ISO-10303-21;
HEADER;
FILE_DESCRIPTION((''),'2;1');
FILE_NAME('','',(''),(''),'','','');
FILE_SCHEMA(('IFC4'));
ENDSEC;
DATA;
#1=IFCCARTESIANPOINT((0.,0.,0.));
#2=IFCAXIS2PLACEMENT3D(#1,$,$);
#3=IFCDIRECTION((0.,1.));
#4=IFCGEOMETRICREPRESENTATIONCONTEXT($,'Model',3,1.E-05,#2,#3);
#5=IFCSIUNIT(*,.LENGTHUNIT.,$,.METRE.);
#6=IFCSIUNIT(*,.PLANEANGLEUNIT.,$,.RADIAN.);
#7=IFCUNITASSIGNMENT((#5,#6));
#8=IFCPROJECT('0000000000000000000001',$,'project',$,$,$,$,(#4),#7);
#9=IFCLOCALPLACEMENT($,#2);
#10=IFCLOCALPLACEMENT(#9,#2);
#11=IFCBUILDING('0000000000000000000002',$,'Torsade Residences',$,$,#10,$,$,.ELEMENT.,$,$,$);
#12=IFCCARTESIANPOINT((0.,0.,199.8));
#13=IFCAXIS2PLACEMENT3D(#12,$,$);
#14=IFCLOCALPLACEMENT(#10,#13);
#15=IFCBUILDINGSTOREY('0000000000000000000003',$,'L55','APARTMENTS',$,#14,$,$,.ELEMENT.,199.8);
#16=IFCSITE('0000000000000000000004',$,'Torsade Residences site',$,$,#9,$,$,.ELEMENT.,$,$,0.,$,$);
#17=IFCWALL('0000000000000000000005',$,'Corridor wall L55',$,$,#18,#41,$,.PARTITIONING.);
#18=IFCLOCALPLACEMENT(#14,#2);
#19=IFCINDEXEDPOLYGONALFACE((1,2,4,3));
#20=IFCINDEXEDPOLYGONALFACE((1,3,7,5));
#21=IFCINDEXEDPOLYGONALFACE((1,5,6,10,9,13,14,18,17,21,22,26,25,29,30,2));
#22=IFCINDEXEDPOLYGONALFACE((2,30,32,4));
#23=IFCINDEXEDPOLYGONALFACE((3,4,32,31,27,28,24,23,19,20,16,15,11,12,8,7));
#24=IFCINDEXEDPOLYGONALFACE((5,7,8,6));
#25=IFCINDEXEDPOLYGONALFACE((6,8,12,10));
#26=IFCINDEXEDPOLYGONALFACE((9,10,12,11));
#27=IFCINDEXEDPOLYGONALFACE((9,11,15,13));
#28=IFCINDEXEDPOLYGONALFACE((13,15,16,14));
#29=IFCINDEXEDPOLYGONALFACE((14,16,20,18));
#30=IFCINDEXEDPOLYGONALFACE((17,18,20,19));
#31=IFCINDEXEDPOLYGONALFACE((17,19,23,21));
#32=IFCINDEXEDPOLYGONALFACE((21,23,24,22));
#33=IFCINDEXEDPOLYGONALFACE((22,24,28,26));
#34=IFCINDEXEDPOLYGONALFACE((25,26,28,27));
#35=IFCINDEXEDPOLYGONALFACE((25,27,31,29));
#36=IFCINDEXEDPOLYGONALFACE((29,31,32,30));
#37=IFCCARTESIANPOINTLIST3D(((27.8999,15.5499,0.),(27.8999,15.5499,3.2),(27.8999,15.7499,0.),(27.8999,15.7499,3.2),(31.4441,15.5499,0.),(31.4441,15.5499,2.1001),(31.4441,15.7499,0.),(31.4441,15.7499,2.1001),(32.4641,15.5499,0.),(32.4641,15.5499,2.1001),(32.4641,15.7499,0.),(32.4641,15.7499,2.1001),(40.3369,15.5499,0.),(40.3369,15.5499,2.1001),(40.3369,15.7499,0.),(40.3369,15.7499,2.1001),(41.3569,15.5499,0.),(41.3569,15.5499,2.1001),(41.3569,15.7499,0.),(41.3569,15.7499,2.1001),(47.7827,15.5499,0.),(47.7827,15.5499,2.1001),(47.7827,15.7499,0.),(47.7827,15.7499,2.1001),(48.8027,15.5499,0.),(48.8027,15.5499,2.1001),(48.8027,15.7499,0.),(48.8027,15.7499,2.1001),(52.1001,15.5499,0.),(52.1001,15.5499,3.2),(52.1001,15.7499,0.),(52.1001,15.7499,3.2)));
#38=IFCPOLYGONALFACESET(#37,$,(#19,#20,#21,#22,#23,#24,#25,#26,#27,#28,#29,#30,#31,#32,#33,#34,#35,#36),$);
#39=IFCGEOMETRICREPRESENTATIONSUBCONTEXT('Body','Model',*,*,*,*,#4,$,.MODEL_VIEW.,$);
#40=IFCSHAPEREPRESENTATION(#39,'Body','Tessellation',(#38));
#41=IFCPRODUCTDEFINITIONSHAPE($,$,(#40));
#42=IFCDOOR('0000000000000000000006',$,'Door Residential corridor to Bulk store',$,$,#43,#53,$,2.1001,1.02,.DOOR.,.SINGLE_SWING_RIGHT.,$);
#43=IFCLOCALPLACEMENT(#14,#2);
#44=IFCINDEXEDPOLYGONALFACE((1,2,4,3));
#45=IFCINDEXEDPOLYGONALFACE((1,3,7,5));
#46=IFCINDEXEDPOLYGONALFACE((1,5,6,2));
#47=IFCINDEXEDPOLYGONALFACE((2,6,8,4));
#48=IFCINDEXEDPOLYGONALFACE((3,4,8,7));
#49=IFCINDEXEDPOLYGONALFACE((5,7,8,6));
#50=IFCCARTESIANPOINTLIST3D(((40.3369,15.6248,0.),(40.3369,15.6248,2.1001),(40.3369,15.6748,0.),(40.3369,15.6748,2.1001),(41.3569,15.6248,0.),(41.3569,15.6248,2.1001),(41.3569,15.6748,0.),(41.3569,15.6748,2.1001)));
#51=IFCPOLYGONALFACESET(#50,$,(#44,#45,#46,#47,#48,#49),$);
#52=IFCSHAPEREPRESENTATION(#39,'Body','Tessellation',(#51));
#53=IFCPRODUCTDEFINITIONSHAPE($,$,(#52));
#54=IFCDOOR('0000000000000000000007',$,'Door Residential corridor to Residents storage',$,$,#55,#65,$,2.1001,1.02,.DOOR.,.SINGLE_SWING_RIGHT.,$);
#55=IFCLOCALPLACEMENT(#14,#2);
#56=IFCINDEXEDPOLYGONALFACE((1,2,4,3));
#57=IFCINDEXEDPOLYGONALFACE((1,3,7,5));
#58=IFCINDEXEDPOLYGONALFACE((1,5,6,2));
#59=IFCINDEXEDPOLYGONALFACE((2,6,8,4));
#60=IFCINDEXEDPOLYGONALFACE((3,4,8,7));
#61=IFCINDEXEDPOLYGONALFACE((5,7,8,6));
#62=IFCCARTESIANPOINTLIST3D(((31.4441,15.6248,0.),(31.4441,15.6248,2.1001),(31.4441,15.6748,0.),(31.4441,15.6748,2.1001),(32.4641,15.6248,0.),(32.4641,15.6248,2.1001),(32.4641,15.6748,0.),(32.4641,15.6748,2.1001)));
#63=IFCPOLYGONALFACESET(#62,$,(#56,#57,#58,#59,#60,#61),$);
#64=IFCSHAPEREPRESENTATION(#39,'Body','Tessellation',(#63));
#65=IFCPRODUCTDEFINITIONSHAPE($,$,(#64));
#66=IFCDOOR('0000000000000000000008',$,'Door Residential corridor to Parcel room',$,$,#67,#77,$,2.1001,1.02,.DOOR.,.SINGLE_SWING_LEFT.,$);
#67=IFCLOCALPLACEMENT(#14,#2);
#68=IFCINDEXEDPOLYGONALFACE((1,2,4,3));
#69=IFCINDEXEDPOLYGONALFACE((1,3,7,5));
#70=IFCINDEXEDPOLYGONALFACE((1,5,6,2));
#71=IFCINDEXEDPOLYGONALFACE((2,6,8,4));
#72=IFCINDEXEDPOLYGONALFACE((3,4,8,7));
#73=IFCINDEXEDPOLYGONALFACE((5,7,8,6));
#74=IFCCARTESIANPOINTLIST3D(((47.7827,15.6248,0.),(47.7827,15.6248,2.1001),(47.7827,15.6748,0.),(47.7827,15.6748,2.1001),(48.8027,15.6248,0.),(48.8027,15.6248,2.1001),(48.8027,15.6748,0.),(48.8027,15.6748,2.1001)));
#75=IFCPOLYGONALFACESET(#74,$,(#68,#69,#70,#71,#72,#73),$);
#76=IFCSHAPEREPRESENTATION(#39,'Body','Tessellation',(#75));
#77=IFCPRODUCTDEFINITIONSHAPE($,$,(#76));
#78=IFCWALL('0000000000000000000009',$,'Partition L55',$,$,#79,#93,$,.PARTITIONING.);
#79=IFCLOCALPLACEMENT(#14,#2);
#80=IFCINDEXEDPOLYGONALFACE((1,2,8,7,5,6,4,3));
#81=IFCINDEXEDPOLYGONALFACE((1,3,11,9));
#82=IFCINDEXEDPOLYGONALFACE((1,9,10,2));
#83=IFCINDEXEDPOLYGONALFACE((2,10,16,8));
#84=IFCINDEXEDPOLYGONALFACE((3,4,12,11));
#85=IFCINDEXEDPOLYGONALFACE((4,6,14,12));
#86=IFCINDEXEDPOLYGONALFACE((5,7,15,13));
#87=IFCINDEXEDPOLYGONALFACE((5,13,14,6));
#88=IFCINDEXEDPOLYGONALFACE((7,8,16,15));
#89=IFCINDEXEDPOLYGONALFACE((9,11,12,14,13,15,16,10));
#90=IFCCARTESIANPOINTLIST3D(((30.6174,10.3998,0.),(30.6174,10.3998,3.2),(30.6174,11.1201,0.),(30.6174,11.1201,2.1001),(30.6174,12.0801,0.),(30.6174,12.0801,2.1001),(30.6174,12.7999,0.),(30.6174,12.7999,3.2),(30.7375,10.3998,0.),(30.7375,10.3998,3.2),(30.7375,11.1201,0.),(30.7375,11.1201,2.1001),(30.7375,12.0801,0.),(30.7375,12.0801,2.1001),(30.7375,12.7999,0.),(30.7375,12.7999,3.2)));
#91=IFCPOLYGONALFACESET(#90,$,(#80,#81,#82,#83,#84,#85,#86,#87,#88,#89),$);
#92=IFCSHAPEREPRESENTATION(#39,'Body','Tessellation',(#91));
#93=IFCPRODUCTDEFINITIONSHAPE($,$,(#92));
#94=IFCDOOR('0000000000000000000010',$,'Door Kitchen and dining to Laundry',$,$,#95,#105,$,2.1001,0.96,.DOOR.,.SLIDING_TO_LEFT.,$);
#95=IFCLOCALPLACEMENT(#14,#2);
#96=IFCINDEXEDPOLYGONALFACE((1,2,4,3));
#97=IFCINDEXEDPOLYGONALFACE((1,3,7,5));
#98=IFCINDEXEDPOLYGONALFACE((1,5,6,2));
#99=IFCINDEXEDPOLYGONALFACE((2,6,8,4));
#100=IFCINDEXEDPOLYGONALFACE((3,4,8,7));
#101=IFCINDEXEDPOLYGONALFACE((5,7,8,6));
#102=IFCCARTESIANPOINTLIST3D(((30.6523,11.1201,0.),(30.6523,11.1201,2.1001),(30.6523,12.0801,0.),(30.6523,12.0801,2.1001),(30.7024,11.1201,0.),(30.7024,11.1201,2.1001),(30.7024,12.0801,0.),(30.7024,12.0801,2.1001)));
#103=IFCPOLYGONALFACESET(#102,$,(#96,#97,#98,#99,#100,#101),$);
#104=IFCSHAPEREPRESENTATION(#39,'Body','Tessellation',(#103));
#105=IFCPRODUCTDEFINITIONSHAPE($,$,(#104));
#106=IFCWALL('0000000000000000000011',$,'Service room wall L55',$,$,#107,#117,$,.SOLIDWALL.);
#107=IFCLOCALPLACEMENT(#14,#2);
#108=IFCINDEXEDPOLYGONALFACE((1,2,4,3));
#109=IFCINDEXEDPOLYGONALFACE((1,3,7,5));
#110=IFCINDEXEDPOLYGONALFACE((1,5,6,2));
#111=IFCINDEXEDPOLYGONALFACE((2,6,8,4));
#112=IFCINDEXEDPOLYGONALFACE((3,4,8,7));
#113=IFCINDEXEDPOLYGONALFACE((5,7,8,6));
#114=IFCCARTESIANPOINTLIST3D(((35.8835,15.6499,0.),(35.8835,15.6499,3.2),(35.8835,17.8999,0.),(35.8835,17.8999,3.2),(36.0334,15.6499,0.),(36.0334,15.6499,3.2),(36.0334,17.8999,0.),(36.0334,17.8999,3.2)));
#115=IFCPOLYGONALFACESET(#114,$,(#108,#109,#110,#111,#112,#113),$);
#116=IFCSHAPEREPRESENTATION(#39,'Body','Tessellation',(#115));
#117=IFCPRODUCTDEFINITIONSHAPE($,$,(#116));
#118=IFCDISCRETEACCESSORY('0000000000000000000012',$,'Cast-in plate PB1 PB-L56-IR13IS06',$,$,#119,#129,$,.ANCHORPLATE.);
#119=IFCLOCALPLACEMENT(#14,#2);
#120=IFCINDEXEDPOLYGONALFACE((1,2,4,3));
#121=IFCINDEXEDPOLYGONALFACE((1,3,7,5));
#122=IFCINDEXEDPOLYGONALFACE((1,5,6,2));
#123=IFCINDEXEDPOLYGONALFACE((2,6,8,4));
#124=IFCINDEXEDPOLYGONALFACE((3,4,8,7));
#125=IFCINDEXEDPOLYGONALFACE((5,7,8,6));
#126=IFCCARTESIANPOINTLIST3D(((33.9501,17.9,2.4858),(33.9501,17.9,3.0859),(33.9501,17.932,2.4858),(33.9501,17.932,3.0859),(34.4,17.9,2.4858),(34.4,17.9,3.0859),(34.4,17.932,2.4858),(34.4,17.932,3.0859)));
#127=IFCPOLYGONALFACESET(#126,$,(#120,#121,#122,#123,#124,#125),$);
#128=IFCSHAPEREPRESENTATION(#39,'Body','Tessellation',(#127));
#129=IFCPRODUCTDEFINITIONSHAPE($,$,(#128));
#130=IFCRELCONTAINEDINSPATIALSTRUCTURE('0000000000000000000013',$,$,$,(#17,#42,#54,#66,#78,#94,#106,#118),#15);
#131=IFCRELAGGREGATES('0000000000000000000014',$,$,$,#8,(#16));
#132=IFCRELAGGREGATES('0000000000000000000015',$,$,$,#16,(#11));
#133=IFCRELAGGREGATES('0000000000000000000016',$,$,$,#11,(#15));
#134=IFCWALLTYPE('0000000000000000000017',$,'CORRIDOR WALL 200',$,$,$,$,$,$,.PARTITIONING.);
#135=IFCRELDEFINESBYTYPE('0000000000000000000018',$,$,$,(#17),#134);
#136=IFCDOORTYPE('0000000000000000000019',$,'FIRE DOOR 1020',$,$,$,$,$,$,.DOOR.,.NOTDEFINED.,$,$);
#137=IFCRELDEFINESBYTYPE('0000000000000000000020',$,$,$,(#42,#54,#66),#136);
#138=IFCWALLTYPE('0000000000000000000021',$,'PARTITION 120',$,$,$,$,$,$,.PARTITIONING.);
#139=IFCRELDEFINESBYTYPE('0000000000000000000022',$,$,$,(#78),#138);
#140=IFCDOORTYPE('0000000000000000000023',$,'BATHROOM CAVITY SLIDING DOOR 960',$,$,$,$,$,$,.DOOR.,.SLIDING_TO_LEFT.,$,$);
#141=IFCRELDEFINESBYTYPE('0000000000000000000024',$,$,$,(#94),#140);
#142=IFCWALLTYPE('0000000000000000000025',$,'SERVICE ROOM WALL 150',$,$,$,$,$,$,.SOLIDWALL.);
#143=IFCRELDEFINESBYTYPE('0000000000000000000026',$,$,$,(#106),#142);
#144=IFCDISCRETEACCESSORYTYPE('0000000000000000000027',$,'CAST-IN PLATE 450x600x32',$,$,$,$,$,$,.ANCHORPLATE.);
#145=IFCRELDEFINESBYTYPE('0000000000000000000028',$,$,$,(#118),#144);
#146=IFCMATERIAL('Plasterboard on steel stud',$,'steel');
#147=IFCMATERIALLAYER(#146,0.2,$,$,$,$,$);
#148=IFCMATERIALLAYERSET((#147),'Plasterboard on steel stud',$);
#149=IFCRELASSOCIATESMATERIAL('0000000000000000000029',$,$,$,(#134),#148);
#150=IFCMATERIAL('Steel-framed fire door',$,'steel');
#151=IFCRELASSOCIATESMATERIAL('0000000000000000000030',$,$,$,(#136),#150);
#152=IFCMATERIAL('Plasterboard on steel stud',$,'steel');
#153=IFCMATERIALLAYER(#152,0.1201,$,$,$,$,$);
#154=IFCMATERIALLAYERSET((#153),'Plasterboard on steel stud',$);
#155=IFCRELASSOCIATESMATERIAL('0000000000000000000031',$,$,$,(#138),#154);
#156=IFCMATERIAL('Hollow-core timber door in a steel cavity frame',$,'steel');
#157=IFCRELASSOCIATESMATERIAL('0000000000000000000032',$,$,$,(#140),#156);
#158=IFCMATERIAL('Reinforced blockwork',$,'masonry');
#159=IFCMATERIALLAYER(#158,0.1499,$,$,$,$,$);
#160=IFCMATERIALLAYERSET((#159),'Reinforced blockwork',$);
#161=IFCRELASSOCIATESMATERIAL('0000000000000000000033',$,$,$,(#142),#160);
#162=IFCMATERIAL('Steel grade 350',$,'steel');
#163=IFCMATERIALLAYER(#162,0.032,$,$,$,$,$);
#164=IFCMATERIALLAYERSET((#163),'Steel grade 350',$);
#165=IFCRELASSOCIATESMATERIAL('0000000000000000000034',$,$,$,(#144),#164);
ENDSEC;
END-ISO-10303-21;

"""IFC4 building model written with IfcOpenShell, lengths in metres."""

from ifc_helpers import new_model, si_unit, direction, frame, frame_2d, origin, origin_2d, place, context, subcontext, project, spatial, rectangle, extrude, material, layer, layer_set, type_object, element, fill, save


model = new_model("IFC4")

# Units and contexts
model_context = context("Model", 3, precision=1e-05, world=origin(), true_north=direction((0.0, 1.0)))
body_context = subcontext(model_context, "Body", "Model", "MODEL_VIEW")
ifc_project = project(units=[si_unit("LENGTHUNIT", "METRE"), si_unit("PLANEANGLEUNIT", "RADIAN")], contexts=[model_context])

# Site, building, storey
site_placement = place(None, origin())
site = spatial("IfcSite", under=ifc_project, at=site_placement, Name="Torsade Residences site", CompositionType="ELEMENT", RefElevation=0.0)
building_placement = place(site_placement, origin())
building = spatial("IfcBuilding", under=site, at=building_placement, Name="Torsade Residences", CompositionType="ELEMENT")
storey_placement = place(building_placement, frame((0.0, 0.0, 199.8)))
storey = spatial("IfcBuildingStorey", under=building, at=storey_placement, Name="L55", Description="APARTMENTS", CompositionType="ELEMENT", Elevation=199.8)

# Shared definitions
ifc_material_1 = material(Name="Plasterboard on steel stud", Category="steel")
ifc_layer_1 = layer(ifc_material_1, 0.2)
ifc_layer_set_1 = layer_set([ifc_layer_1], Name="Plasterboard on steel stud")
wall_type_1 = type_object("IfcWallType", Name="CORRIDOR WALL 200", PredefinedType="PARTITIONING", material=ifc_layer_set_1)

# Wall, openings, doors
wall_1_placement = place(storey_placement, frame((27.8999, 15.6499, 0.0), z_axis=(0.0, 0.0, 1.0), x_axis=(1.0, 0.0, 0.0)))
wall_1 = element("IfcWall", 1, at=wall_1_placement, inside=storey, type_object=wall_type_1, Name="Corridor wall L55", PredefinedType="PARTITIONING", context=body_context, shape_type="SweptSolid", body=[
    extrude(rectangle(XDim=24.2002, YDim=0.2, at=frame_2d((12.1001, 0.0))), origin(), (0.0, 0.0, 1.0), 3.2),
])
opening_1_placement = place(wall_1_placement, frame((12.437, 0.0, 0.0)))
opening_1 = element("IfcOpeningElement", 2, at=opening_1_placement, cuts=wall_1, PredefinedType="OPENING", context=body_context, shape_type="SweptSolid", body=[
    extrude(rectangle(XDim=1.02, YDim=2.1001, at=frame_2d((0.51, 1.05))), frame((0.0, 0.1099, 0.0), z_axis=(0.0, -1.0, 0.0), x_axis=(1.0, 0.0, 0.0)), (0.0, 0.0, 1.0), 0.22),
])
opening_2_placement = place(wall_1_placement, frame((3.5442, 0.0, 0.0)))
opening_2 = element("IfcOpeningElement", 3, at=opening_2_placement, cuts=wall_1, PredefinedType="OPENING", context=body_context, shape_type="SweptSolid", body=[
    extrude(rectangle(XDim=1.02, YDim=2.1001, at=frame_2d((0.51, 1.05))), frame((0.0, 0.1099, 0.0), z_axis=(0.0, -1.0, 0.0), x_axis=(1.0, 0.0, 0.0)), (0.0, 0.0, 1.0), 0.22),
])
opening_3_placement = place(wall_1_placement, frame((19.8828, 0.0, 0.0)))
opening_3 = element("IfcOpeningElement", 4, at=opening_3_placement, cuts=wall_1, PredefinedType="OPENING", context=body_context, shape_type="SweptSolid", body=[
    extrude(rectangle(XDim=1.02, YDim=2.1001, at=frame_2d((0.51, 1.05))), frame((0.0, 0.1099, 0.0), z_axis=(0.0, -1.0, 0.0), x_axis=(1.0, 0.0, 0.0)), (0.0, 0.0, 1.0), 0.22),
])
ifc_material_2 = material(Name="Steel-framed fire door", Category="steel")
door_type_1 = type_object("IfcDoorType", Name="FIRE DOOR 1020", OperationType="NOTDEFINED", PredefinedType="DOOR", material=ifc_material_2)
door_1_placement = place(opening_1_placement, origin())
door_1 = element("IfcDoor", 5, at=door_1_placement, inside=storey, type_object=door_type_1, Name="Door Residential corridor to Bulk store", OperationType="SINGLE_SWING_RIGHT", OverallHeight=2.1001, OverallWidth=1.02, PredefinedType="DOOR", context=body_context, shape_type="SweptSolid", body=[
    extrude(rectangle(XDim=1.02, YDim=2.1001, at=frame_2d((0.51, 1.05))), frame((0.0, 0.0249, 0.0), z_axis=(0.0, -1.0, 0.0), x_axis=(1.0, 0.0, 0.0)), (0.0, 0.0, 1.0), 0.05),
])
fill(opening_1, door_1)
door_2_placement = place(opening_2_placement, origin())
door_2 = element("IfcDoor", 6, at=door_2_placement, inside=storey, type_object=door_type_1, Name="Door Residential corridor to Residents storage", OperationType="SINGLE_SWING_RIGHT", OverallHeight=2.1001, OverallWidth=1.02, PredefinedType="DOOR", context=body_context, shape_type="SweptSolid", body=[
    extrude(rectangle(XDim=1.02, YDim=2.1001, at=frame_2d((0.51, 1.05))), frame((0.0, 0.0249, 0.0), z_axis=(0.0, -1.0, 0.0), x_axis=(1.0, 0.0, 0.0)), (0.0, 0.0, 1.0), 0.05),
])
fill(opening_2, door_2)
door_3_placement = place(opening_3_placement, origin())
door_3 = element("IfcDoor", 7, at=door_3_placement, inside=storey, type_object=door_type_1, Name="Door Residential corridor to Parcel room", OperationType="SINGLE_SWING_LEFT", OverallHeight=2.1001, OverallWidth=1.02, PredefinedType="DOOR", context=body_context, shape_type="SweptSolid", body=[
    extrude(rectangle(XDim=1.02, YDim=2.1001, at=frame_2d((0.51, 1.05))), frame((0.0, 0.0249, 0.0), z_axis=(0.0, -1.0, 0.0), x_axis=(1.0, 0.0, 0.0)), (0.0, 0.0, 1.0), 0.05),
])
fill(opening_3, door_3)

# Wall, opening, door
ifc_material_3 = material(Name="Plasterboard on steel stud", Category="steel")
ifc_layer_2 = layer(ifc_material_3, 0.1201)
ifc_layer_set_2 = layer_set([ifc_layer_2], Name="Plasterboard on steel stud")
wall_type_2 = type_object("IfcWallType", Name="PARTITION 120", PredefinedType="PARTITIONING", material=ifc_layer_set_2)
wall_2_placement = place(storey_placement, frame((30.6775, 12.8, 0.0), z_axis=(0.0, 0.0, 1.0), x_axis=(0.0, -1.0, 0.0)))
wall_2 = element("IfcWall", 8, at=wall_2_placement, inside=storey, type_object=wall_type_2, Name="Partition L55", PredefinedType="PARTITIONING", context=body_context, shape_type="SweptSolid", body=[
    extrude(rectangle(XDim=2.4001, YDim=0.1201, at=frame_2d((1.2002, 0.0))), origin(), (0.0, 0.0, 1.0), 3.2),
])
opening_4_placement = place(wall_2_placement, frame((0.72, 0.0, 0.0)))
opening_4 = element("IfcOpeningElement", 9, at=opening_4_placement, cuts=wall_2, PredefinedType="OPENING", context=body_context, shape_type="SweptSolid", body=[
    extrude(rectangle(XDim=0.96, YDim=2.1001, at=frame_2d((0.48, 1.05))), frame((0.0, 0.0701, 0.0), z_axis=(0.0, -1.0, 0.0), x_axis=(1.0, 0.0, 0.0)), (0.0, 0.0, 1.0), 0.1401),
])
ifc_material_4 = material(Name="Hollow-core timber door in a steel cavity frame", Category="steel")
door_type_2 = type_object("IfcDoorType", Name="BATHROOM CAVITY SLIDING DOOR 960", OperationType="SLIDING_TO_LEFT", PredefinedType="DOOR", material=ifc_material_4)
door_4_placement = place(opening_4_placement, origin())
door_4 = element("IfcDoor", 10, at=door_4_placement, inside=storey, type_object=door_type_2, Name="Door Kitchen and dining to Laundry", OperationType="SLIDING_TO_LEFT", OverallHeight=2.1001, OverallWidth=0.96, PredefinedType="DOOR", context=body_context, shape_type="SweptSolid", body=[
    extrude(rectangle(XDim=0.96, YDim=2.1001, at=frame_2d((0.48, 1.05))), frame((0.0, 0.0249, 0.0), z_axis=(0.0, -1.0, 0.0), x_axis=(1.0, 0.0, 0.0)), (0.0, 0.0, 1.0), 0.05),
])
fill(opening_4, door_4)

# Wall
ifc_material_5 = material(Name="Reinforced blockwork", Category="masonry")
ifc_layer_3 = layer(ifc_material_5, 0.1499)
ifc_layer_set_3 = layer_set([ifc_layer_3], Name="Reinforced blockwork")
wall_type_3 = type_object("IfcWallType", Name="SERVICE ROOM WALL 150", PredefinedType="SOLIDWALL", material=ifc_layer_set_3)
wall_3_placement = place(storey_placement, frame((35.9585, 15.6499, 0.0), z_axis=(0.0, 0.0, 1.0), x_axis=(0.0, 1.0, 0.0)))
element("IfcWall", 11, at=wall_3_placement, inside=storey, type_object=wall_type_3, Name="Service room wall L55", PredefinedType="SOLIDWALL", context=body_context, shape_type="SweptSolid", body=[
    extrude(rectangle(XDim=2.25, YDim=0.1499, at=frame_2d((1.125, 0.0))), origin(), (0.0, 0.0, 1.0), 3.2),
])

# Discrete accessory
ifc_material_6 = material(Name="Steel grade 350", Category="steel")
ifc_layer_4 = layer(ifc_material_6, 0.032)
ifc_layer_set_4 = layer_set([ifc_layer_4], Name="Steel grade 350")
discrete_accessory_type = type_object("IfcDiscreteAccessoryType", Name="CAST-IN PLATE 450x600x32", PredefinedType="ANCHORPLATE", material=ifc_layer_set_4)
discrete_accessory_placement = place(storey_placement, frame((34.175, 17.916, 2.4858), z_axis=(0.0, 0.0, 1.0), x_axis=(1.0, 0.0, 0.0)))
element("IfcDiscreteAccessory", 12, at=discrete_accessory_placement, inside=storey, type_object=discrete_accessory_type, Name="Cast-in plate PB1 PB-L56-IR13IS06", PredefinedType="ANCHORPLATE", context=body_context, shape_type="SweptSolid", body=[
    extrude(rectangle(XDim=0.45, YDim=0.032, at=origin_2d()), origin(), (0.0, 0.0, 1.0), 0.6001),
])

save(model, "model.ifc")
